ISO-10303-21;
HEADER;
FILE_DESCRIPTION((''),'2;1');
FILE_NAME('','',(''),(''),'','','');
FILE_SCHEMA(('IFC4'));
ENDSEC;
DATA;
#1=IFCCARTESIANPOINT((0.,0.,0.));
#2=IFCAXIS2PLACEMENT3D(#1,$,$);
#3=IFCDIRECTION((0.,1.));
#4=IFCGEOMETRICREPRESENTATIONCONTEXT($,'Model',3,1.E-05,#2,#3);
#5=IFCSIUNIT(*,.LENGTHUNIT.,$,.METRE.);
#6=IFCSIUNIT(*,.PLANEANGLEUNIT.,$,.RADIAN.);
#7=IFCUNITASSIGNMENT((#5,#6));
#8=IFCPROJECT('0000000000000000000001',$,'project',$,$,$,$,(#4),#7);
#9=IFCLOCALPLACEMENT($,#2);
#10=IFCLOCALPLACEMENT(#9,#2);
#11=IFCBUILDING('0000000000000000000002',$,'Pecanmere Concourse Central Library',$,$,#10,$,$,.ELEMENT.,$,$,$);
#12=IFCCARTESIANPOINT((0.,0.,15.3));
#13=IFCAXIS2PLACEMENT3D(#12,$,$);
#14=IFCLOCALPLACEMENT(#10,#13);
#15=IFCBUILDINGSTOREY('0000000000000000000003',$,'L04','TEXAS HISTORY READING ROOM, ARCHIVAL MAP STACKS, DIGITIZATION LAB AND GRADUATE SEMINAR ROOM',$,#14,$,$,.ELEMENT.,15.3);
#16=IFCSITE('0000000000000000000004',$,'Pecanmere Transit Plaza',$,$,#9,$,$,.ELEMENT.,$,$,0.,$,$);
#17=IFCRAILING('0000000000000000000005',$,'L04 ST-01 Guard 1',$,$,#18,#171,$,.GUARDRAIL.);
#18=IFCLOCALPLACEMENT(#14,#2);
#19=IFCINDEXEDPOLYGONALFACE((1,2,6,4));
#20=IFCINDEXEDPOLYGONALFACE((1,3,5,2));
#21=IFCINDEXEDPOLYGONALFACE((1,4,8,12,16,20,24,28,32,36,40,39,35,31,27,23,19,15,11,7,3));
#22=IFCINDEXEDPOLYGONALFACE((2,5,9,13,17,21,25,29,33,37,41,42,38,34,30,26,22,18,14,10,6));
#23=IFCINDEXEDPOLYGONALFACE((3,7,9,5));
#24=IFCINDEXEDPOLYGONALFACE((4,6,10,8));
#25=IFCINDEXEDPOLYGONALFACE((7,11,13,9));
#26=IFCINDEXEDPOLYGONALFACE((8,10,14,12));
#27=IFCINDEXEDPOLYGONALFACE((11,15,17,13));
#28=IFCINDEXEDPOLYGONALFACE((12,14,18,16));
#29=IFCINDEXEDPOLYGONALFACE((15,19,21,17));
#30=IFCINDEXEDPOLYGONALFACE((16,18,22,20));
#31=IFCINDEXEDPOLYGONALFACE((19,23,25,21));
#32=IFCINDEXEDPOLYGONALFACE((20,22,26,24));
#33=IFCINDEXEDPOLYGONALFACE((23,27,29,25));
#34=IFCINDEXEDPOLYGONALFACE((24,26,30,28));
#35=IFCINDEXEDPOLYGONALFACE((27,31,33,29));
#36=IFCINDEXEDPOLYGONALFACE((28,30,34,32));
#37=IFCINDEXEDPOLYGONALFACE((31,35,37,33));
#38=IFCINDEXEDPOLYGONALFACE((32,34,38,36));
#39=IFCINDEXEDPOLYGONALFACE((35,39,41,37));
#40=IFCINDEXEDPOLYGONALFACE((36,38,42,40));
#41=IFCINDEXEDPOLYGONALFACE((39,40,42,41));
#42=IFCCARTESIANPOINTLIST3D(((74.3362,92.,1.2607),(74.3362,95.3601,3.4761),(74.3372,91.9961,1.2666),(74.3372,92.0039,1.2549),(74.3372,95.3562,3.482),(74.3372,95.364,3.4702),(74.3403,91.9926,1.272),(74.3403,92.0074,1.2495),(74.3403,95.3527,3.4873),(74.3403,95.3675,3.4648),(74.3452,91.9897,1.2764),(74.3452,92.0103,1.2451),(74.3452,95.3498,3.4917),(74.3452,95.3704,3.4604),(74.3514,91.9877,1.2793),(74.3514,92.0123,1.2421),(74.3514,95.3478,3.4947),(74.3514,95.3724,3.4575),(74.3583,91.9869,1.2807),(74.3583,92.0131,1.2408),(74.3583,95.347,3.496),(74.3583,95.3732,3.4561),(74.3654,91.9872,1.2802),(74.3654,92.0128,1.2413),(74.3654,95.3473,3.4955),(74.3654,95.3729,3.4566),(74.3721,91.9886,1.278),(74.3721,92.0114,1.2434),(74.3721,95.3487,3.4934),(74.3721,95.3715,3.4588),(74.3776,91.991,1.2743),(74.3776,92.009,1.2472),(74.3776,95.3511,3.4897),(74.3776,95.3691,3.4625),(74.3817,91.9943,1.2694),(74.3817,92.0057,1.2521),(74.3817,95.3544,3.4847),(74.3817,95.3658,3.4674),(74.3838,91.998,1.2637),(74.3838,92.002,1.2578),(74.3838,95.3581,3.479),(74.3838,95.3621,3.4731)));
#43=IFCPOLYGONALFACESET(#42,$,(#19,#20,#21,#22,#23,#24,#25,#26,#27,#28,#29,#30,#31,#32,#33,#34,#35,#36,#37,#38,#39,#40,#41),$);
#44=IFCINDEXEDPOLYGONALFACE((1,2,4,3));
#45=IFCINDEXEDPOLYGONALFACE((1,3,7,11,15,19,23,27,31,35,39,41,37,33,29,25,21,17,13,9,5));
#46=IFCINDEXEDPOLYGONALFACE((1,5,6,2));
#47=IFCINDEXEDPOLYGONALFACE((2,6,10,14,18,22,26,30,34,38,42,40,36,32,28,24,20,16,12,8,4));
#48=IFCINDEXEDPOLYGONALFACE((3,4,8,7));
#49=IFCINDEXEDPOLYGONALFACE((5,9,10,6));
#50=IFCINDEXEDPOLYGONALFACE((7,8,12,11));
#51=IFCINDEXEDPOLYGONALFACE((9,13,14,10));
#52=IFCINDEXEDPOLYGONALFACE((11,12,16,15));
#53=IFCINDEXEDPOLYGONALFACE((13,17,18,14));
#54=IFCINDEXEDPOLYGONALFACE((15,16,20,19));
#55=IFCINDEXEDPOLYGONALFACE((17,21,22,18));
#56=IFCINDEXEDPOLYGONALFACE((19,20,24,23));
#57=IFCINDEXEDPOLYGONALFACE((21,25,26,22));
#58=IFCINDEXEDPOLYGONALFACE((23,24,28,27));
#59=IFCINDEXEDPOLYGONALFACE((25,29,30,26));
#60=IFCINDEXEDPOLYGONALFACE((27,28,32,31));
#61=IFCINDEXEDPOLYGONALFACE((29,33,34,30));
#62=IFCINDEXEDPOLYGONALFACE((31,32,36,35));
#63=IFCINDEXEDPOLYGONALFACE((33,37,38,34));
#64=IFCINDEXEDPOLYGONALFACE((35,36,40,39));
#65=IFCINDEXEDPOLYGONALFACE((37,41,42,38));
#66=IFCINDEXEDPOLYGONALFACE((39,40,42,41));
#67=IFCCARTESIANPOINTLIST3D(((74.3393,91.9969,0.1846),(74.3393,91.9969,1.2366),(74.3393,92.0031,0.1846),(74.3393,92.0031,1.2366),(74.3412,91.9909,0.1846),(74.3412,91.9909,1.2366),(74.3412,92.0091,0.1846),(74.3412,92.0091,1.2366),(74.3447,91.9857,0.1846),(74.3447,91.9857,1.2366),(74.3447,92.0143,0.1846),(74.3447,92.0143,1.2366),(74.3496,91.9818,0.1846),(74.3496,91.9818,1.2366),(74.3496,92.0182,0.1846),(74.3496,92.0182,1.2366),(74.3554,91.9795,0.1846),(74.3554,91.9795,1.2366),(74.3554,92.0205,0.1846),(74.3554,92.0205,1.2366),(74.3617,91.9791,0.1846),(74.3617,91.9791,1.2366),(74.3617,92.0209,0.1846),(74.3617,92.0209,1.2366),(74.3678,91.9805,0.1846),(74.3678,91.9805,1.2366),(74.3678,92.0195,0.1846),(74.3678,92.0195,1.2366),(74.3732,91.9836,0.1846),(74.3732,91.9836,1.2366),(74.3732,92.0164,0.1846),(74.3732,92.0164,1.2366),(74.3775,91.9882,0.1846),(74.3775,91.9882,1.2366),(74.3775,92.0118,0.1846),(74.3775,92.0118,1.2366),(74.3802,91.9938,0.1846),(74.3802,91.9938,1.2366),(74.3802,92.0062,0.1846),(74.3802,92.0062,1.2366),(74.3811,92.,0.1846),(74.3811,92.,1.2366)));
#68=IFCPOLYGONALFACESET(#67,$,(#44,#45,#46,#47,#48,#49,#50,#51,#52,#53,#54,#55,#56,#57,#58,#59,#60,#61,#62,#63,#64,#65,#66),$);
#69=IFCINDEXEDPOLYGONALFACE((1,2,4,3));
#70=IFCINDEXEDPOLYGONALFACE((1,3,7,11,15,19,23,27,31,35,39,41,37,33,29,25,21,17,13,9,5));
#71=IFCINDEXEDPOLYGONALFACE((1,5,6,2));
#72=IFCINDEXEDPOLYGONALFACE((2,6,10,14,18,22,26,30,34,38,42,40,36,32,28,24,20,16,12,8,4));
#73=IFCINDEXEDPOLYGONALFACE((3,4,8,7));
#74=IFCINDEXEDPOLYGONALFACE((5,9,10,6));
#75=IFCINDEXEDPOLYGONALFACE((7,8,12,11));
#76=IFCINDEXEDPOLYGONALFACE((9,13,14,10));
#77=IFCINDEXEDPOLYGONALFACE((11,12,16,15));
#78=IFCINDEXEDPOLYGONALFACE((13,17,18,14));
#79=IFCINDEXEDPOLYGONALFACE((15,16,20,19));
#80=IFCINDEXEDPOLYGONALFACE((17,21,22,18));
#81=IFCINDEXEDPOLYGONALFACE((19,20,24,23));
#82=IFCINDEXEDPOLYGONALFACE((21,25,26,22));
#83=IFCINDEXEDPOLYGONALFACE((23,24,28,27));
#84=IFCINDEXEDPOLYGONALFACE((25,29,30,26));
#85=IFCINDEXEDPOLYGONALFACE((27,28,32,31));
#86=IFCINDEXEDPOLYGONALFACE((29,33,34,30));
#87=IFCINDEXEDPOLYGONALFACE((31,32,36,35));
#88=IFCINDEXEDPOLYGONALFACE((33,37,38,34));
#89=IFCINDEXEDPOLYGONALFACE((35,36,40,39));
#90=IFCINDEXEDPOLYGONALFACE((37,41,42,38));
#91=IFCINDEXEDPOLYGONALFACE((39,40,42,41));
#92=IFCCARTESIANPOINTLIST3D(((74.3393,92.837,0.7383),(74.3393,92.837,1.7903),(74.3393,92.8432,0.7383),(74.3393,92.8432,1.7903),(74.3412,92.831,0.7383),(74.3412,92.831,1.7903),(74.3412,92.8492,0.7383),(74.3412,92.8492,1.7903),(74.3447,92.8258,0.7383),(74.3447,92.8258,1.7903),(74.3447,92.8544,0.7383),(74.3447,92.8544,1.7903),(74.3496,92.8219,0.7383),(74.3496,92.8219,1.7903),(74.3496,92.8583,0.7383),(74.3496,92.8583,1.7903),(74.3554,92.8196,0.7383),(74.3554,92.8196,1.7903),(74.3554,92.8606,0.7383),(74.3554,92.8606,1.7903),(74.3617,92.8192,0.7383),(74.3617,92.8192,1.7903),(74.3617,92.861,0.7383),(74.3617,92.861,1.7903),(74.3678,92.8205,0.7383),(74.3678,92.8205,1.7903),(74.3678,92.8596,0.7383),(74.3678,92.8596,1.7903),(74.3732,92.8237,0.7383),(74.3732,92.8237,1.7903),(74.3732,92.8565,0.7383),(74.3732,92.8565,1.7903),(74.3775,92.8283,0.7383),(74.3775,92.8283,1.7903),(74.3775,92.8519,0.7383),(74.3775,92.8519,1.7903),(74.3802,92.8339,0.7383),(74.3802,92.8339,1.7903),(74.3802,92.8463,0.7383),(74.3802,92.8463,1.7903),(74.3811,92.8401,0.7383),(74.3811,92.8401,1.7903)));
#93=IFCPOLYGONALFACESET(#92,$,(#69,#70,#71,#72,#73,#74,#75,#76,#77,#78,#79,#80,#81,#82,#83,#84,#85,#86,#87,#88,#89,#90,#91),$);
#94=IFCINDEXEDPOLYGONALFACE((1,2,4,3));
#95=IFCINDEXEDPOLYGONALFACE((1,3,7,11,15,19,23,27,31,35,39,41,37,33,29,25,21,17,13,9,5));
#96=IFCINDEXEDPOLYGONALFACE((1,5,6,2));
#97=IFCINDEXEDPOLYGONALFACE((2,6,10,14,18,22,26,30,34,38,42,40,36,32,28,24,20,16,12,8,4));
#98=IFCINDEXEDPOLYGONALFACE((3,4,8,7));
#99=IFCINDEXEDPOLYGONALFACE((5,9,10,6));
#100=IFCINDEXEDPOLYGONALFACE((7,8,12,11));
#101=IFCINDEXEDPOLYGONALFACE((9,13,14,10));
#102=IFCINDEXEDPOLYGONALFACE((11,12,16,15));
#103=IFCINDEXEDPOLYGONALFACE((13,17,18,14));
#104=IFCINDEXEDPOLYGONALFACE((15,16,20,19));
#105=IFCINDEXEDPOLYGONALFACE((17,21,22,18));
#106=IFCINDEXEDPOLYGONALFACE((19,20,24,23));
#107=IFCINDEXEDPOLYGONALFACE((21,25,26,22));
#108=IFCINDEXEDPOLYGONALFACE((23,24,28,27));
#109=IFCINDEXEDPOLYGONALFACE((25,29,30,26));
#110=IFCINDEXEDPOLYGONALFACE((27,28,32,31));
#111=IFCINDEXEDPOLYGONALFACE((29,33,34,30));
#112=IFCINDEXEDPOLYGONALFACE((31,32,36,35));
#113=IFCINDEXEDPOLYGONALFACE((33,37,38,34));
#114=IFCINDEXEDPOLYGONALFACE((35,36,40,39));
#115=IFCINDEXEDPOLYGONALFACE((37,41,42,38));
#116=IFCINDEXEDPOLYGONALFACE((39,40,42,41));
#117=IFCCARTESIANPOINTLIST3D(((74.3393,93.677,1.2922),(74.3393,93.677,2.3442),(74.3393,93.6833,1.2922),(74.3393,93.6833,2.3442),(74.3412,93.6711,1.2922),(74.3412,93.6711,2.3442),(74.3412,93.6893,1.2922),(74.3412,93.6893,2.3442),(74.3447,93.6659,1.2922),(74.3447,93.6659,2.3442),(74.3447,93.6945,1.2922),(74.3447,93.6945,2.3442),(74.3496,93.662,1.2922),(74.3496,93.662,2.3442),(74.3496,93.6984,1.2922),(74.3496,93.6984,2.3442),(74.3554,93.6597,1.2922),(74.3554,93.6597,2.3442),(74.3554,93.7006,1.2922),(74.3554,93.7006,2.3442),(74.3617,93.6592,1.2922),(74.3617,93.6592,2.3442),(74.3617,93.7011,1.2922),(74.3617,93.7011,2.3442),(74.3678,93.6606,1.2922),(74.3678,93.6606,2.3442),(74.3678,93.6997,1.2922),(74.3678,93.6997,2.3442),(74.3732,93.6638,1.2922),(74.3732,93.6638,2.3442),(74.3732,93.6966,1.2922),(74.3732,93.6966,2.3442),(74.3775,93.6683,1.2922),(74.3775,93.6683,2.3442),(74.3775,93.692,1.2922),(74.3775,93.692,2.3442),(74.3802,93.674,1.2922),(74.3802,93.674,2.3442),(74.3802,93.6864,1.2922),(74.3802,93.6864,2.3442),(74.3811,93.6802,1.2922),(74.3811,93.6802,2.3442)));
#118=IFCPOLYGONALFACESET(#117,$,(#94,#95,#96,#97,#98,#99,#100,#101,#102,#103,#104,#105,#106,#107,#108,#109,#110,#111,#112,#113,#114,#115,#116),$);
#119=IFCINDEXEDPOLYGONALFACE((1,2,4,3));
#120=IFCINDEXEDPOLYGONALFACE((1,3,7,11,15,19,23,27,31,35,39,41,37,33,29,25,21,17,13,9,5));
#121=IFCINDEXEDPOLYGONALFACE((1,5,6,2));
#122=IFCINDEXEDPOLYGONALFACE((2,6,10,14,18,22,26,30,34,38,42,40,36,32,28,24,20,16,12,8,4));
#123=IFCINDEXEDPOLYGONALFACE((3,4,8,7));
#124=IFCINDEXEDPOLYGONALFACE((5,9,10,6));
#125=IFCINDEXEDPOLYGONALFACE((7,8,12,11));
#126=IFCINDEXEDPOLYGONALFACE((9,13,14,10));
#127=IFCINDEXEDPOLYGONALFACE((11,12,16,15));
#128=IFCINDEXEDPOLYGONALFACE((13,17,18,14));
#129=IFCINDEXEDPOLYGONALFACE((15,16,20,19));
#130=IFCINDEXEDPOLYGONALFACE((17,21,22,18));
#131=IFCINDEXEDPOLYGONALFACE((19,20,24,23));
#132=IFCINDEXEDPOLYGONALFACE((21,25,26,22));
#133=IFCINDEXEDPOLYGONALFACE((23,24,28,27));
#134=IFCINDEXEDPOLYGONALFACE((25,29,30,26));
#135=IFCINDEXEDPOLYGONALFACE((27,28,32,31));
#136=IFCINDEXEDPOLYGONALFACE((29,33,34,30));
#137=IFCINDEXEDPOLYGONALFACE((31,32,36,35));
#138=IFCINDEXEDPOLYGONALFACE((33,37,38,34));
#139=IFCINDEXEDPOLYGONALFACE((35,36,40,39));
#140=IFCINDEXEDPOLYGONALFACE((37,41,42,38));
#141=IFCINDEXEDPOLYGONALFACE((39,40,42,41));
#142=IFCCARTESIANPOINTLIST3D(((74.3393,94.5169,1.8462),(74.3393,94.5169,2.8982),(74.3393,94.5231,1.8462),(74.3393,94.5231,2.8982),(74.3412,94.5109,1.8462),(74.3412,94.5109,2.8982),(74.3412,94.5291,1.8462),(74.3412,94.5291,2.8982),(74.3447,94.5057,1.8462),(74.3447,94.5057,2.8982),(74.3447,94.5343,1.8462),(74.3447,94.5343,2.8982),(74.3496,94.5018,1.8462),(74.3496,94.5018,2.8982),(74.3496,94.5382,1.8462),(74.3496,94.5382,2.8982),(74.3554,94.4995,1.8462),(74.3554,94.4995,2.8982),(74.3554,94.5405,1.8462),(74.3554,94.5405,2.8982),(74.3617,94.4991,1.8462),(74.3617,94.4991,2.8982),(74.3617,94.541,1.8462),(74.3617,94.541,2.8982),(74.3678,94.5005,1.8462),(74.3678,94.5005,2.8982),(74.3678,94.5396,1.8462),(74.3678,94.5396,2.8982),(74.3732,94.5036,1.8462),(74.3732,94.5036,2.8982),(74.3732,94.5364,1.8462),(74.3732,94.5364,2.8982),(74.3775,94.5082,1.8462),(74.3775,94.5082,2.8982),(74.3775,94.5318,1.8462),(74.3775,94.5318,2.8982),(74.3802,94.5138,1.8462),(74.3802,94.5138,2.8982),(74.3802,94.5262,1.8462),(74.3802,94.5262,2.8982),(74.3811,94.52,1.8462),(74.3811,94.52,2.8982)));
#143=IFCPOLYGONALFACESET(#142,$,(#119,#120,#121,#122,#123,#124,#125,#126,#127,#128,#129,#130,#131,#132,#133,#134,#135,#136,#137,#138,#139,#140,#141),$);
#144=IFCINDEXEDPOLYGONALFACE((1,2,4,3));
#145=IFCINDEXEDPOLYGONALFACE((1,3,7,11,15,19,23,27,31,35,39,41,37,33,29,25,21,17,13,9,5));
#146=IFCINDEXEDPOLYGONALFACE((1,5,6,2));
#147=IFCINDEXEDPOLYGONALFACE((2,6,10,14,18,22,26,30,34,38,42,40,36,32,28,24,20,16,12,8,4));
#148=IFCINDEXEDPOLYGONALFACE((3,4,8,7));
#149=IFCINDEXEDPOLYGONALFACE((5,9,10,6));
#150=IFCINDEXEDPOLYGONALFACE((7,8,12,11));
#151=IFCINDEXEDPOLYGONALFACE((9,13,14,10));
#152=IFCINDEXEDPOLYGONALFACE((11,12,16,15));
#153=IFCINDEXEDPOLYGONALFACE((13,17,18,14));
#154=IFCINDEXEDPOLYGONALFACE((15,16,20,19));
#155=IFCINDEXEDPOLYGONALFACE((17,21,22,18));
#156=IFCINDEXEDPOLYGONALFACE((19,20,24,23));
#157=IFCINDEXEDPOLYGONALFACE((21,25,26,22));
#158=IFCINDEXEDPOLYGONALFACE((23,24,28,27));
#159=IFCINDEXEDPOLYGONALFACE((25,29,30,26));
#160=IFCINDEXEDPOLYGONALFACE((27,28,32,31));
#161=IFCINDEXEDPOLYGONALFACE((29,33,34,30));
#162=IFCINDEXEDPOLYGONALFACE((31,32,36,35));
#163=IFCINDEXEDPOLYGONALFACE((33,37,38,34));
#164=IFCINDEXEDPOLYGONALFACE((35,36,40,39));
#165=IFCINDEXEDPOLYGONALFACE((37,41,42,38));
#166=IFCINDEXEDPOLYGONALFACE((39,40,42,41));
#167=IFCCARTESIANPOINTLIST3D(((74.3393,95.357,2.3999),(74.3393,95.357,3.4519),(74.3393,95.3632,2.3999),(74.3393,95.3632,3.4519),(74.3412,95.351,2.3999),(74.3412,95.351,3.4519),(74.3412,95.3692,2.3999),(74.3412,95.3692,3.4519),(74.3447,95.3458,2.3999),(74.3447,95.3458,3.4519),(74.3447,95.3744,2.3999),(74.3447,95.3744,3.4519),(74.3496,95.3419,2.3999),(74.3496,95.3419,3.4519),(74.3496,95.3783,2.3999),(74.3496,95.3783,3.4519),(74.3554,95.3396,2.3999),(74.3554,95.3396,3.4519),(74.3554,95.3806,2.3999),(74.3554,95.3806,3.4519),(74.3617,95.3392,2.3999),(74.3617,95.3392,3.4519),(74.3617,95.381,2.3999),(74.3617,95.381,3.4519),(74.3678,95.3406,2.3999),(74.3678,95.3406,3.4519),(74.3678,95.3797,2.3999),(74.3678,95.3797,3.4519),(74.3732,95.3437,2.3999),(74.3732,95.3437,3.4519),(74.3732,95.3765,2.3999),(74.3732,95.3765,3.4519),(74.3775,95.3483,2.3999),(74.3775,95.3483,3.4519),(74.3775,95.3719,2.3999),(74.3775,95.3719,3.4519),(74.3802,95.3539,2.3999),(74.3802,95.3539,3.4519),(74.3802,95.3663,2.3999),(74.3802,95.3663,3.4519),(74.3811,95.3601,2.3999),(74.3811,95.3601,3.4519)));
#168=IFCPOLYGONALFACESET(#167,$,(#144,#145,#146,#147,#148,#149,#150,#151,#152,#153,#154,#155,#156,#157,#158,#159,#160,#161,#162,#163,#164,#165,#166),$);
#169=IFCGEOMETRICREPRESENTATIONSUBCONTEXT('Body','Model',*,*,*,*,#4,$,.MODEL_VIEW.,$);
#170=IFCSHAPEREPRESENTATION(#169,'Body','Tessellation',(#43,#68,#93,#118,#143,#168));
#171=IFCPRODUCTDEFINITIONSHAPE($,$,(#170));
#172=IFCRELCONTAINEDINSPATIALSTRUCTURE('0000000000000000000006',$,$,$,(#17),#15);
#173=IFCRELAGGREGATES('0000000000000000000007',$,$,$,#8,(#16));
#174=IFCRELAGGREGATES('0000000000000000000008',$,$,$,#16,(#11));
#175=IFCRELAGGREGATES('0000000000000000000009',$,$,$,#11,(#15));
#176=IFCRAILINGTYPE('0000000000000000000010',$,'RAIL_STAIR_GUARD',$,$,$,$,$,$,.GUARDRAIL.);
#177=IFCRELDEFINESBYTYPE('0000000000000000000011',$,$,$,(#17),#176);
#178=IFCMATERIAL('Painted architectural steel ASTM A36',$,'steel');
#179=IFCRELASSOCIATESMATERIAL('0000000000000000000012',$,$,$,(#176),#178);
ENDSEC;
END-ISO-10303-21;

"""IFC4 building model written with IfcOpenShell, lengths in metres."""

from ifc_helpers import new_model, si_unit, direction, frame, origin, origin_2d, place, context, subcontext, project, spatial, circle, extrude, material, type_object, element, save


model = new_model("IFC4")

# Units and contexts
model_context = context("Model", 3, precision=1e-05, world=origin(), true_north=direction((0.0, 1.0)))
body_context = subcontext(model_context, "Body", "Model", "MODEL_VIEW")
ifc_project = project(units=[si_unit("LENGTHUNIT", "METRE"), si_unit("PLANEANGLEUNIT", "RADIAN")], contexts=[model_context])

# Site, building, storey
site_placement = place(None, origin())
site = spatial("IfcSite", under=ifc_project, at=site_placement, Name="Pecanmere Transit Plaza", CompositionType="ELEMENT", RefElevation=0.0)
building_placement = place(site_placement, origin())
building = spatial("IfcBuilding", under=site, at=building_placement, Name="Pecanmere Concourse Central Library", CompositionType="ELEMENT")
storey_placement = place(building_placement, frame((0.0, 0.0, 15.3)))
storey = spatial("IfcBuildingStorey", under=building, at=storey_placement, Name="L04", Description="TEXAS HISTORY READING ROOM, ARCHIVAL MAP STACKS, DIGITIZATION LAB AND GRADUATE SEMINAR ROOM", CompositionType="ELEMENT", Elevation=15.3)

# Railing
ifc_material_1 = material(Name="Painted architectural steel ASTM A36", Category="steel")
railing_type_1 = type_object("IfcRailingType", Name="RAIL_STAIR_GUARD", PredefinedType="GUARDRAIL", material=ifc_material_1)
railing_1_placement = place(storey_placement, frame((74.3601, 92.0, 0.1846)))
element("IfcRailing", 1, at=railing_1_placement, inside=storey, type_object=railing_type_1, Name="L04 ST-01 Guard 1", PredefinedType="GUARDRAIL", context=body_context, shape_type="SweptSolid", body=[
    extrude(circle(Radius=0.0239, at=origin_2d()), frame((0.0, 0.0, 1.0762), z_axis=(0.0, 0.834876, 0.550437), x_axis=(-1.0, 0.0, 0.0)), (0.0, 0.0, 1.0), 4.0247),
    extrude(circle(Radius=0.021, at=origin_2d()), origin(), (0.0, 0.0, 1.0), 1.052),
    extrude(circle(Radius=0.021, at=origin_2d()), frame((0.0, 0.8401, 0.5537)), (0.0, 0.0, 1.0), 1.052),
    extrude(circle(Radius=0.021, at=origin_2d()), frame((0.0, 1.6802, 1.1077)), (0.0, 0.0, 1.0), 1.052),
    extrude(circle(Radius=0.021, at=origin_2d()), frame((0.0, 2.52, 1.6616)), (0.0, 0.0, 1.0), 1.052),
    extrude(circle(Radius=0.021, at=origin_2d()), frame((0.0, 3.3601, 2.2153)), (0.0, 0.0, 1.0), 1.052),
])

save(model, "model.ifc")
